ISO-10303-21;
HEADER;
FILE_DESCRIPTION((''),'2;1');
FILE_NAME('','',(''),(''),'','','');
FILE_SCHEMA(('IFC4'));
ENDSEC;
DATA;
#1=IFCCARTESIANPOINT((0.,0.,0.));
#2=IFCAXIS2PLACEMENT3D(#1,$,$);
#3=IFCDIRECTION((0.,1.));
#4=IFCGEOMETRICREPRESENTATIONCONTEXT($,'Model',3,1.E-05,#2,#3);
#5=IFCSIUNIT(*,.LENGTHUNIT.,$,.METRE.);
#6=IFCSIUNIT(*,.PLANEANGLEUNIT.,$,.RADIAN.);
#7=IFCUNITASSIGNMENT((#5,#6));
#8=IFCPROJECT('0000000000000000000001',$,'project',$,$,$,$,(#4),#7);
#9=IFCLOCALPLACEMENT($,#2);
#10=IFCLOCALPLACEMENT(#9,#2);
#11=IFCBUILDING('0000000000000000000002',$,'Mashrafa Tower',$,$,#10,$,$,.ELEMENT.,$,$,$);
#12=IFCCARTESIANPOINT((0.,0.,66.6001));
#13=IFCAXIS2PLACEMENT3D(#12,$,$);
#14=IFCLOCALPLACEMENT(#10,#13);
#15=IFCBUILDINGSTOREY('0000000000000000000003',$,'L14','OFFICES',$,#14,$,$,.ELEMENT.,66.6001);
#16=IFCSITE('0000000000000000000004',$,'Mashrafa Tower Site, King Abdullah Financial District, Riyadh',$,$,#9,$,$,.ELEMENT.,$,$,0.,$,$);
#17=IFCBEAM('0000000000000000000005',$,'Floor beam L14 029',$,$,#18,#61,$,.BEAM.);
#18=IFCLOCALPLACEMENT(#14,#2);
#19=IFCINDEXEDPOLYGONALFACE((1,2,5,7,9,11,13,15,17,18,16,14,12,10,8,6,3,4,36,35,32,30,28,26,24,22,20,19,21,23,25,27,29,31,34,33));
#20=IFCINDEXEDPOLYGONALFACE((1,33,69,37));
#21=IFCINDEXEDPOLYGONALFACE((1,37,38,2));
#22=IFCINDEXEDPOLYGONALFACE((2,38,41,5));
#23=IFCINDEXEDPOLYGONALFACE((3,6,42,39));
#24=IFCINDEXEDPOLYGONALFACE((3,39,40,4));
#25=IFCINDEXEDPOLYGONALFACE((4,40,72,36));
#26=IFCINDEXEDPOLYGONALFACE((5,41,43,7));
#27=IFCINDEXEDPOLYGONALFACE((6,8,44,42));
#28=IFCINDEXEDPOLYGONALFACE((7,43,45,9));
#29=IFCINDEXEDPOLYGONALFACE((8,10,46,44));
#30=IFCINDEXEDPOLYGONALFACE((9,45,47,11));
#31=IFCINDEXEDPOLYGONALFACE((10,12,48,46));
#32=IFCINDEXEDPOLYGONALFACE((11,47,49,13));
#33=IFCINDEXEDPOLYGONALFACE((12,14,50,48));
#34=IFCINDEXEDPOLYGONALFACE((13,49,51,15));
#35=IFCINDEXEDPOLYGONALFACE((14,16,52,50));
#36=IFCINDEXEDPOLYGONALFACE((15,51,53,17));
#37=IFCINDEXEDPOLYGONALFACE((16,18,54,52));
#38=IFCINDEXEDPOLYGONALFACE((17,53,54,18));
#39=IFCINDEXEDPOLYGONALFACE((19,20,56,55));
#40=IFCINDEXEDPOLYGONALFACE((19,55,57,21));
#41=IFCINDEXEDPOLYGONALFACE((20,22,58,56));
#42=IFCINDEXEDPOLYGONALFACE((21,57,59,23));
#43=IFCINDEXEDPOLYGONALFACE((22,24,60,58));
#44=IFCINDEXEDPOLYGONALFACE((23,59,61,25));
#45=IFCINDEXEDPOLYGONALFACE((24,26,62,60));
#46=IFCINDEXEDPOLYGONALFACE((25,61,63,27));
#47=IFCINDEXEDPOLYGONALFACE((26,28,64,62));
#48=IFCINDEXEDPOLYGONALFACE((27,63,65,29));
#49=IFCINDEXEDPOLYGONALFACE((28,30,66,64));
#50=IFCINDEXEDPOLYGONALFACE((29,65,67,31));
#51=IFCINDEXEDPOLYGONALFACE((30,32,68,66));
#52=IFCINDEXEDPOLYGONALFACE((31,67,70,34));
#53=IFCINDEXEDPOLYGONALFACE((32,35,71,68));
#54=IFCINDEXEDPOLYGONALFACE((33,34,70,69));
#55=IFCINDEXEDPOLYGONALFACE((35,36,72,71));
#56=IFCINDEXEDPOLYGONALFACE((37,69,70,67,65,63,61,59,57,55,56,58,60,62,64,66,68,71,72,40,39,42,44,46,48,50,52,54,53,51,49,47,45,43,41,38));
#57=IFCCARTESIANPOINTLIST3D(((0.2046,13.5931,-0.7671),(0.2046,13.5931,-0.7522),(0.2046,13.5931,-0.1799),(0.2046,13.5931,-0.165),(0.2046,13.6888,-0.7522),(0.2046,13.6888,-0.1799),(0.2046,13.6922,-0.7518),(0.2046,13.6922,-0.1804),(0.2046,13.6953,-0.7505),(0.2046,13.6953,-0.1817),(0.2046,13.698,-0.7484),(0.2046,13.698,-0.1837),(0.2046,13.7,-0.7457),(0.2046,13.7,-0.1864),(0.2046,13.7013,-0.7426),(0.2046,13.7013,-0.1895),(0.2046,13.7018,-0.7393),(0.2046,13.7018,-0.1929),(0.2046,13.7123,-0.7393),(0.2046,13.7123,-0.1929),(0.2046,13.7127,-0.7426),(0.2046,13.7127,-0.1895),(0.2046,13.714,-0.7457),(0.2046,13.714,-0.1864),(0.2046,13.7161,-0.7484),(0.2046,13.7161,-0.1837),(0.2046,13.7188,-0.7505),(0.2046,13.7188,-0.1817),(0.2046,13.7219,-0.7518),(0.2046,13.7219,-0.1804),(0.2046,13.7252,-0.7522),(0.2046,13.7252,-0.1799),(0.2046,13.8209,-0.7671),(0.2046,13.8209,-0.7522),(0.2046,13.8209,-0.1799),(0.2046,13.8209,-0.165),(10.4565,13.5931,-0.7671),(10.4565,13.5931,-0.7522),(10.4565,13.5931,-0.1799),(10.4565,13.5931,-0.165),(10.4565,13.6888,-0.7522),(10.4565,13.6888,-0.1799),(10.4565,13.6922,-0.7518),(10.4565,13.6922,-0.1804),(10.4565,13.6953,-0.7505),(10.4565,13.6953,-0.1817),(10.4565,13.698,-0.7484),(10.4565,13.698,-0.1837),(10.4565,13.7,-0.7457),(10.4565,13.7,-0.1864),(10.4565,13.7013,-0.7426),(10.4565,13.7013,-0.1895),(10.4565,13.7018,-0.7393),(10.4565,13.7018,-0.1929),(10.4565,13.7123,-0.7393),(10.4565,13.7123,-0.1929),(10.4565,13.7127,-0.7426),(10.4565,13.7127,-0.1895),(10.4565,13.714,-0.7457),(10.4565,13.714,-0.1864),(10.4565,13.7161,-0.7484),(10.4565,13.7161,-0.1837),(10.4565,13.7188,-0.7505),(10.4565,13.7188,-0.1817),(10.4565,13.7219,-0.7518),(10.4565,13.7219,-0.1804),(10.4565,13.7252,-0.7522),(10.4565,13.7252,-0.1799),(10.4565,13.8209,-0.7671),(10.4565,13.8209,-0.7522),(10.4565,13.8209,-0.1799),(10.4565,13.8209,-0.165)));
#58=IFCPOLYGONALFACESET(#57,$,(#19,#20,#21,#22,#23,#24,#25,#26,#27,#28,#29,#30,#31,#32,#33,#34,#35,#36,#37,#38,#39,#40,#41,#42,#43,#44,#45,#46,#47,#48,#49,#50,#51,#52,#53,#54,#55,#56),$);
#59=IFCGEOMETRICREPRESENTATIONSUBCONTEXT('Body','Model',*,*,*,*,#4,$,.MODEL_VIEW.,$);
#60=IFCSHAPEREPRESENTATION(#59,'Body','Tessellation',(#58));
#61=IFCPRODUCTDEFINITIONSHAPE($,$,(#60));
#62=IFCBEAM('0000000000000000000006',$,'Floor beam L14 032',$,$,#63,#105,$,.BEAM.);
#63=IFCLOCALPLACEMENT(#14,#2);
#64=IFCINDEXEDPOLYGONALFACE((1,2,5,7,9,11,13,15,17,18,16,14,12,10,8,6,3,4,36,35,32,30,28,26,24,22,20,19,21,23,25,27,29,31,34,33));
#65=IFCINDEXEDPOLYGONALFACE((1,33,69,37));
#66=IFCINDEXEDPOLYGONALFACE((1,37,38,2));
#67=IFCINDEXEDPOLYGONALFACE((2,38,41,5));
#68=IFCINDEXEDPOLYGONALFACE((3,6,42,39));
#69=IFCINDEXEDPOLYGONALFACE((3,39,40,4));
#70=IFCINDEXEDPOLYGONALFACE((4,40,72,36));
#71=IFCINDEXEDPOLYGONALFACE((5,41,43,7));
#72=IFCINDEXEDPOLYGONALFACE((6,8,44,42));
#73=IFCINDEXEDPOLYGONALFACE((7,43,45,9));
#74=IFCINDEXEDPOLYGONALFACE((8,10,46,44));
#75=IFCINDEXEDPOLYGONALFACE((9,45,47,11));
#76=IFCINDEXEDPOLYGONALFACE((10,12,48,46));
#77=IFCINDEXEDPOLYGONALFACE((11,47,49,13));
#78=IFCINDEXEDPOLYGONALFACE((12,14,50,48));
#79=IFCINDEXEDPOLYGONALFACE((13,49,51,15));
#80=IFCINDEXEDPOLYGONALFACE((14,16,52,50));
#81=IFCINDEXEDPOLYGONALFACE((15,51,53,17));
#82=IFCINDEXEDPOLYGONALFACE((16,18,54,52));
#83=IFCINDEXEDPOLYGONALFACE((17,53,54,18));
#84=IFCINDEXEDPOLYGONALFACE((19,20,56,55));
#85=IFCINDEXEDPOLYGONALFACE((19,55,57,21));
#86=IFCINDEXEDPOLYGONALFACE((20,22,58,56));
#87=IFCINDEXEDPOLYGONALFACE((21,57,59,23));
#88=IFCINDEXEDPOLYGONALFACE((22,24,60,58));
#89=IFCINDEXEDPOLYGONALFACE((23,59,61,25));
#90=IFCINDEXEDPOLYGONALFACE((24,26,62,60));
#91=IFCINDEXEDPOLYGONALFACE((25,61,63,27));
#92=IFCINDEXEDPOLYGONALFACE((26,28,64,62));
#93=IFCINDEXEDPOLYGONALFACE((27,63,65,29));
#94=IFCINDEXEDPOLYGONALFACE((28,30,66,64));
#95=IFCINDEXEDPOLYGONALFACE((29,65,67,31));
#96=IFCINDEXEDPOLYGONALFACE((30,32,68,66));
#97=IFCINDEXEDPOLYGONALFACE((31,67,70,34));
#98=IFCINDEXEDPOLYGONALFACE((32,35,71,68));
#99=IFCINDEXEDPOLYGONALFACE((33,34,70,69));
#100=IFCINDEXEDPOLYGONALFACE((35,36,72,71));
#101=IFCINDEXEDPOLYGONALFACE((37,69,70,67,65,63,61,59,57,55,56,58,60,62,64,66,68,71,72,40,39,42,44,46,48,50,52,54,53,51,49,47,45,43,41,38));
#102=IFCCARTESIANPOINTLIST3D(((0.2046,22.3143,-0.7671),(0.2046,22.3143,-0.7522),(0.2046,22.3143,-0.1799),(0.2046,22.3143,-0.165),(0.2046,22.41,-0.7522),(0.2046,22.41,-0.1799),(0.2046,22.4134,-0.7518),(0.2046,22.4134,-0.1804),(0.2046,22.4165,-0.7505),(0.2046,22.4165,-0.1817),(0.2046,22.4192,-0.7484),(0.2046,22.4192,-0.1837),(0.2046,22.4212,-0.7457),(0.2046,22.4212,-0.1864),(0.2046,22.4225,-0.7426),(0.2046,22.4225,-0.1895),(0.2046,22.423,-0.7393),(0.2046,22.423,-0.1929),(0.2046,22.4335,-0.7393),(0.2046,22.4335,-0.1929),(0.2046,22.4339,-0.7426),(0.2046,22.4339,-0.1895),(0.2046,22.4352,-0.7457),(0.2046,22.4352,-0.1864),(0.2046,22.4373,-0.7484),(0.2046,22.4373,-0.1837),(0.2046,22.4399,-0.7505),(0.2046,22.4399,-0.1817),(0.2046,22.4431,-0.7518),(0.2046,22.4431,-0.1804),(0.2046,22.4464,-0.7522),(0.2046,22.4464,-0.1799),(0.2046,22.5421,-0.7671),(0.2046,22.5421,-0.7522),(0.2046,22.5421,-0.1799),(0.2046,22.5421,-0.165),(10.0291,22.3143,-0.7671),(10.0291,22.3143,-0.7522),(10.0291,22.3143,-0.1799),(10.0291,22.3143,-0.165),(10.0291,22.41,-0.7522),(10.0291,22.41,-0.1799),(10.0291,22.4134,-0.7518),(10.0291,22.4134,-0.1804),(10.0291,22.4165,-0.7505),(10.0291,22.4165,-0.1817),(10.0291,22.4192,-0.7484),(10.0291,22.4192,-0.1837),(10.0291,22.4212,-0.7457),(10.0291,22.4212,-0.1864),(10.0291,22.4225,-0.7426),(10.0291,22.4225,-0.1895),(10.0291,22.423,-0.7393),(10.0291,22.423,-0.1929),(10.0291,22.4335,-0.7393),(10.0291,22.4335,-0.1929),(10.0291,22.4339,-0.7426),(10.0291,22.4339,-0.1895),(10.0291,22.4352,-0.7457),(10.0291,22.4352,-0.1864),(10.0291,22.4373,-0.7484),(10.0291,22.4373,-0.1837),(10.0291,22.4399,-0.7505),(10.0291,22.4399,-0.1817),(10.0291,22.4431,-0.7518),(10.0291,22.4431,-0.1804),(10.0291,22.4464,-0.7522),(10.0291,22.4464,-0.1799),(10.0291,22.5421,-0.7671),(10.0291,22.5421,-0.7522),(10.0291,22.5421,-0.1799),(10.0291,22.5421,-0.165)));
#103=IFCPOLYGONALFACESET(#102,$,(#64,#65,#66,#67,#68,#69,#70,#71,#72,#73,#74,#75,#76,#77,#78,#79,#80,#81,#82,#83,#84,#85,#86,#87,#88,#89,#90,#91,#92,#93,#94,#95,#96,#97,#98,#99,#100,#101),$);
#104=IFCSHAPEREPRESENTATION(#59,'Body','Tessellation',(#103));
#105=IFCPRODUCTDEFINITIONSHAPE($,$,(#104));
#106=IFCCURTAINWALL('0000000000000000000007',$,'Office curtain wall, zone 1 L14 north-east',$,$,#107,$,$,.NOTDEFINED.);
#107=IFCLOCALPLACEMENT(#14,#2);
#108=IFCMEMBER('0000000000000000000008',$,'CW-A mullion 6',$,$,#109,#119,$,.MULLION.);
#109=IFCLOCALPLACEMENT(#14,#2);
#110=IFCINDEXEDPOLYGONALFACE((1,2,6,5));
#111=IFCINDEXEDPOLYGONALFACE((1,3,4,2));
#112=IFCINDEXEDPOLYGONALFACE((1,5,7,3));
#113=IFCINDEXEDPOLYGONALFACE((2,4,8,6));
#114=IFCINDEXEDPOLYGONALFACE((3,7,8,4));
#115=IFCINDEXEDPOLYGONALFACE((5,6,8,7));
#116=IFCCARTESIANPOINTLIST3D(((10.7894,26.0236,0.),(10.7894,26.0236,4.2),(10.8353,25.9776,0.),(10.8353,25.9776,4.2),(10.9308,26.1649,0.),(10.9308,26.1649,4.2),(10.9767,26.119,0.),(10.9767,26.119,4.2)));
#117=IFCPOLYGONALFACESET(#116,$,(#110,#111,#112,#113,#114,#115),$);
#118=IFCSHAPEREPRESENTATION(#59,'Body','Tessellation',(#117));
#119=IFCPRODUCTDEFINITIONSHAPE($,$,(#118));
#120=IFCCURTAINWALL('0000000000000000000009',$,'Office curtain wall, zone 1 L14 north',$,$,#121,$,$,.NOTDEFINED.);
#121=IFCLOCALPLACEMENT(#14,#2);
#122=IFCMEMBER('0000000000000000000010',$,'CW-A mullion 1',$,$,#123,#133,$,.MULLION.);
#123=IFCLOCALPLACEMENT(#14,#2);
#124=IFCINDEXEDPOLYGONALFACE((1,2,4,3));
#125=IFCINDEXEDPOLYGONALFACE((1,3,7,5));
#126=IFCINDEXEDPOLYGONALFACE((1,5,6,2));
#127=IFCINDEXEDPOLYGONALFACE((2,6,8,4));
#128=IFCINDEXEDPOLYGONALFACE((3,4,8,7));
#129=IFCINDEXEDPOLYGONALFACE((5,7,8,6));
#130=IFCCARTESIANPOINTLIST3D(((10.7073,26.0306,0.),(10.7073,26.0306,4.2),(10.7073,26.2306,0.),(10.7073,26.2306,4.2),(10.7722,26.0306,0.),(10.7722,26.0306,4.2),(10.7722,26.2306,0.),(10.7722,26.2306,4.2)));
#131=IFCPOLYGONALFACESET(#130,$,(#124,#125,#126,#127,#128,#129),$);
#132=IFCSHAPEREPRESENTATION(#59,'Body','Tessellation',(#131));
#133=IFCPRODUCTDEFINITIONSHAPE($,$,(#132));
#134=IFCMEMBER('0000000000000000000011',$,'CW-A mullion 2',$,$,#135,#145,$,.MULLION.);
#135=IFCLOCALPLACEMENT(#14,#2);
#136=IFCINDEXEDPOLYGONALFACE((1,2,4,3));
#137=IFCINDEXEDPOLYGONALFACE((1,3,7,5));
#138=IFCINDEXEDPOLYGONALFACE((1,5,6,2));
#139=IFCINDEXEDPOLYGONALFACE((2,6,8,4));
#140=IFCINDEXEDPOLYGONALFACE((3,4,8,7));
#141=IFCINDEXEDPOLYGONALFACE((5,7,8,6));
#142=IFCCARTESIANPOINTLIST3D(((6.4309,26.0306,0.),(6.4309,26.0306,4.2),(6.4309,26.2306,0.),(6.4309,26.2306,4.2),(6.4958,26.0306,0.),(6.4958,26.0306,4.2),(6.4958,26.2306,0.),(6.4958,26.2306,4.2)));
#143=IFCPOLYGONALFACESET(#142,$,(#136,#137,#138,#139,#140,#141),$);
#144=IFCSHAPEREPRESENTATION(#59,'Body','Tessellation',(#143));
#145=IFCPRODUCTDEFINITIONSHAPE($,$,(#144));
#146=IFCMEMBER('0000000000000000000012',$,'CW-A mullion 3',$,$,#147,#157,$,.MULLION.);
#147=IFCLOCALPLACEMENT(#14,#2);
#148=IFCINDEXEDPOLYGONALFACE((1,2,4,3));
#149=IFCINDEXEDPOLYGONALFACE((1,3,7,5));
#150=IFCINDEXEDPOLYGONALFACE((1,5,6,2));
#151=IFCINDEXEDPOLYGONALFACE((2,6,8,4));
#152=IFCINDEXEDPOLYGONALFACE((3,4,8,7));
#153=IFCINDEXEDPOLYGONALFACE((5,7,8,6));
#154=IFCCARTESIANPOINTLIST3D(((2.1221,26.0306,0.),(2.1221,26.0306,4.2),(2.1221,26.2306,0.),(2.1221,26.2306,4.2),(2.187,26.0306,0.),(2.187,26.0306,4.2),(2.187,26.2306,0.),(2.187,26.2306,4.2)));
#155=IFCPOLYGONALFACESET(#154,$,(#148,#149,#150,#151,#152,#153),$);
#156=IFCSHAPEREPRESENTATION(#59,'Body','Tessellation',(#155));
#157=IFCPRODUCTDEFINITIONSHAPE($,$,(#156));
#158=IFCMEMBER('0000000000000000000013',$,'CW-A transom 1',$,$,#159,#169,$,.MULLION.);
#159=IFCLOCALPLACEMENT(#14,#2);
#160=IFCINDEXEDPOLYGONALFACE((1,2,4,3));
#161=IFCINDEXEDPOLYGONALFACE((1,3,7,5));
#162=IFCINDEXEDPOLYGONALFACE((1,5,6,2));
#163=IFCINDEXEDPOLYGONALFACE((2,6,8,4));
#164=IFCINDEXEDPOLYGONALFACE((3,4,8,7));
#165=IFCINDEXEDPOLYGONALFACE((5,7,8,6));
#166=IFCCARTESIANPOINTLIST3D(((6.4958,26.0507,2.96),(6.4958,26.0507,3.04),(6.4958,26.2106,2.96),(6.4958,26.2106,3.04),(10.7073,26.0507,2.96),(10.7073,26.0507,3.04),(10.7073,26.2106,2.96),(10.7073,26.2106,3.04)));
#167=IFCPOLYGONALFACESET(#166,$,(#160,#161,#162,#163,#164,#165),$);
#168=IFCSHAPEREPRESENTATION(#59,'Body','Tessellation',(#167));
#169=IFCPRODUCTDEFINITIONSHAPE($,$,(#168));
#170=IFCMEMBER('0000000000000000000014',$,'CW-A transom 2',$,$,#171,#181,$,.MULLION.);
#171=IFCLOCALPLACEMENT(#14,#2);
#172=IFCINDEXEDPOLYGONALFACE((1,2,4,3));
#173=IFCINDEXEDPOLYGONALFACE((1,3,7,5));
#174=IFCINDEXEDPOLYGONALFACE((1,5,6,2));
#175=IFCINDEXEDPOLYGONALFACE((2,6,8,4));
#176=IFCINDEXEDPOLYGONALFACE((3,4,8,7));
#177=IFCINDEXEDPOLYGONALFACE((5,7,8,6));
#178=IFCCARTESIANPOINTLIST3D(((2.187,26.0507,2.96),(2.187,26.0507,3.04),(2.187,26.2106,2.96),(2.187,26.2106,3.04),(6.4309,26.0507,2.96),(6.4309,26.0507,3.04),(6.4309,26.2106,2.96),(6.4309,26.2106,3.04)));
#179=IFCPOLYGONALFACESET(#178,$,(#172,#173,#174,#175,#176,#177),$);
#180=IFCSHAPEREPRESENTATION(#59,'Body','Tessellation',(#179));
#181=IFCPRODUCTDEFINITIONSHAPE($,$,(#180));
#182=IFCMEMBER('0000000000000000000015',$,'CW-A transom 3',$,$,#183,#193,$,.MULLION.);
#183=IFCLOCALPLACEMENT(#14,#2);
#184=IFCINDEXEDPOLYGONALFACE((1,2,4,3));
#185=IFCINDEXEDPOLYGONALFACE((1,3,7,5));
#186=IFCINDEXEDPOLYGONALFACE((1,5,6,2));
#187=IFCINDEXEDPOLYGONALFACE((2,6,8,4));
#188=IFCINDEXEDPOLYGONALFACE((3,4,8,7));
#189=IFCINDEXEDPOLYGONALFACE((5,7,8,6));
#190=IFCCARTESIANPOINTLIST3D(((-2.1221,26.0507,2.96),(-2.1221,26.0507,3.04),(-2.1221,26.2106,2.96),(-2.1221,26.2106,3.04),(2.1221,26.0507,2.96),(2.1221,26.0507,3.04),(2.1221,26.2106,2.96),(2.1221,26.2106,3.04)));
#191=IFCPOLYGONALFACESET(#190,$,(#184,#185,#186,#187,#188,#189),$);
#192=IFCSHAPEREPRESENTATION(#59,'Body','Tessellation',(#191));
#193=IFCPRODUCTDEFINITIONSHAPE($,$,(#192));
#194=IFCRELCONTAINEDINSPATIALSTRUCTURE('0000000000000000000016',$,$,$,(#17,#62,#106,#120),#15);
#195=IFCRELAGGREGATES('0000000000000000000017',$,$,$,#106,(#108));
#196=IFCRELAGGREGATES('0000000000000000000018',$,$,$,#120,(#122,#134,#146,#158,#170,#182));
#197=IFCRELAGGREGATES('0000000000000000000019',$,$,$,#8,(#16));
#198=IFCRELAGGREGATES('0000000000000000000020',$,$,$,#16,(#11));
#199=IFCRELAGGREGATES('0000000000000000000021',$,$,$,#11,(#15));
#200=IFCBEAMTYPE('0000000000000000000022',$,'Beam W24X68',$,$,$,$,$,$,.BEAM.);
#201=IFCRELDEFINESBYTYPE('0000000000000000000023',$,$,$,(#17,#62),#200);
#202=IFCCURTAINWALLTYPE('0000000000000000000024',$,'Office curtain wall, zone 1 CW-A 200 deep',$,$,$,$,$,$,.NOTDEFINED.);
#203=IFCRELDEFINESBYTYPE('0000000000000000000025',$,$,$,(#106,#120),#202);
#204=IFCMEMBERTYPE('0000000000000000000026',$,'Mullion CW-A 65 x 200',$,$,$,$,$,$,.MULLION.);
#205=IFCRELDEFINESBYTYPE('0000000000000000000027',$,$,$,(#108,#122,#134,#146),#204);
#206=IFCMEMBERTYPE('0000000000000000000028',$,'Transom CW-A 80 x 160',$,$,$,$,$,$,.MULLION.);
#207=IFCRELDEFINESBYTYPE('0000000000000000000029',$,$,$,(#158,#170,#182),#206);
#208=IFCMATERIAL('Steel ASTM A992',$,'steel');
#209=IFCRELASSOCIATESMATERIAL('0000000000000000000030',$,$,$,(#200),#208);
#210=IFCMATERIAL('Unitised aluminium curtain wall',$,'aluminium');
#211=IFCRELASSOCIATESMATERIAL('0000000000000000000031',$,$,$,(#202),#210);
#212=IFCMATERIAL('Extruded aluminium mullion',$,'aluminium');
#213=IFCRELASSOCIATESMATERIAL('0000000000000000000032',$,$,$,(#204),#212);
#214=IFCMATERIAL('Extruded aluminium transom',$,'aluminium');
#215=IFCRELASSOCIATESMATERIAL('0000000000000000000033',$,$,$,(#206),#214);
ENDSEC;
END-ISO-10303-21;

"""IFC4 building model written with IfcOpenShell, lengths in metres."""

from ifc_helpers import new_model, si_unit, direction, frame, origin, origin_2d, place, context, subcontext, project, spatial, rectangle, i_section, extrude, source, transform, mapped, material, material_profile, profile_set, type_object, type_shapes, element, aggregate, save


model = new_model("IFC4")

# Units and contexts
model_context = context("Model", 3, precision=1e-05, world=origin(), true_north=direction((0.0, 1.0)))
body_context = subcontext(model_context, "Body", "Model", "MODEL_VIEW")
ifc_project = project(units=[si_unit("LENGTHUNIT", "METRE"), si_unit("PLANEANGLEUNIT", "RADIAN")], contexts=[model_context])

# Site, building, storey
site_placement = place(None, origin())
site = spatial("IfcSite", under=ifc_project, at=site_placement, Name="Mashrafa Tower Site, King Abdullah Financial District, Riyadh", CompositionType="ELEMENT", RefElevation=0.0)
building_placement = place(site_placement, origin())
building = spatial("IfcBuilding", under=site, at=building_placement, Name="Mashrafa Tower", CompositionType="ELEMENT")
storey_placement = place(building_placement, frame((0.0, 0.0, 66.6001)))
storey = spatial("IfcBuildingStorey", under=building, at=storey_placement, Name="L14", Description="OFFICES", CompositionType="ELEMENT", Elevation=66.6001)

# Beams
ifc_material_1 = material(Name="Steel ASTM A992", Category="steel")
ifc_material_profile_1 = material_profile(ifc_material_1, i_section(OverallWidth=0.2278, OverallDepth=0.6021, WebThickness=0.0105, FlangeThickness=0.0149, FilletRadius=0.0129, at=origin_2d()), Name="W24X68")
ifc_profile_set_1 = profile_set([ifc_material_profile_1], Name="Steel ASTM A992")
beam_type_1 = type_object("IfcBeamType", Name="Beam W24X68", PredefinedType="BEAM", material=ifc_profile_set_1)
beam_1_placement = place(storey_placement, frame((0.2046, 13.707, -0.4661), z_axis=(1.0, 0.0, 0.0), x_axis=(0.0, 1.0, 0.0)))
element("IfcBeam", 1, at=beam_1_placement, inside=storey, type_object=beam_type_1, Name="Floor beam L14 029", PredefinedType="BEAM", context=body_context, shape_type="SweptSolid", body=[
    extrude(i_section(OverallWidth=0.2278, OverallDepth=0.6021, WebThickness=0.0105, FlangeThickness=0.0149, FilletRadius=0.0129, at=origin_2d()), origin(), (0.0, 0.0, 1.0), 10.252),
])
beam_2_placement = place(storey_placement, frame((0.2046, 22.4282, -0.4661), z_axis=(1.0, 0.0, 0.0), x_axis=(0.0, 1.0, 0.0)))
element("IfcBeam", 2, at=beam_2_placement, inside=storey, type_object=beam_type_1, Name="Floor beam L14 032", PredefinedType="BEAM", context=body_context, shape_type="SweptSolid", body=[
    extrude(i_section(OverallWidth=0.2278, OverallDepth=0.6021, WebThickness=0.0105, FlangeThickness=0.0149, FilletRadius=0.0129, at=origin_2d()), origin(), (0.0, 0.0, 1.0), 9.8245),
])

# Curtain wall, member
ifc_material_2 = material(Name="Unitised aluminium curtain wall", Category="aluminium")
curtain_wall_type = type_object("IfcCurtainWallType", Name="Office curtain wall, zone 1 CW-A 200 deep", PredefinedType="NOTDEFINED", material=ifc_material_2)
curtain_wall_1_placement = place(storey_placement, origin())
curtain_wall_1 = element("IfcCurtainWall", 3, at=curtain_wall_1_placement, inside=storey, type_object=curtain_wall_type, Name="Office curtain wall, zone 1 L14 north-east", PredefinedType="NOTDEFINED")
ifc_material_3 = material(Name="Extruded aluminium mullion", Category="aluminium")
ifc_material_profile_2 = material_profile(ifc_material_3, rectangle(XDim=0.2, YDim=0.0649, at=origin_2d()), Name="Mullion 65x200")
ifc_profile_set_2 = profile_set([ifc_material_profile_2], Name="Extruded aluminium mullion")
member_type_1 = type_object("IfcMemberType", Name="Mullion CW-A 65 x 200", PredefinedType="MULLION", material=ifc_profile_set_2)
shared_shape_1 = source(origin(), body_context, "Body", "SweptSolid", [
    extrude(rectangle(XDim=0.2, YDim=0.0649, at=origin_2d()), origin(), (0.0, 0.0, 1.0), 4.2),
])
type_shapes(member_type_1, [shared_shape_1])
member_1_placement = place(storey_placement, frame((10.8831, 26.0713, 0.0), z_axis=(0.0, 0.0, 1.0), x_axis=(-0.707107, -0.707107, 0.0)))
member_1 = element("IfcMember", 4, at=member_1_placement, type_object=member_type_1, Name="CW-A mullion 6", PredefinedType="MULLION", context=body_context, shape_type="MappedRepresentation", body=[
    mapped(shared_shape_1, transform((0.0, 0.0, 0.0))),
])
aggregate(curtain_wall_1, [member_1])

# Curtain wall, members
curtain_wall_2_placement = place(storey_placement, origin())
curtain_wall_2 = element("IfcCurtainWall", 5, at=curtain_wall_2_placement, inside=storey, type_object=curtain_wall_type, Name="Office curtain wall, zone 1 L14 north", PredefinedType="NOTDEFINED")
member_2_placement = place(storey_placement, frame((10.7397, 26.1306, 0.0), z_axis=(0.0, 0.0, 1.0), x_axis=(0.0, -1.0, 0.0)))
member_2 = element("IfcMember", 6, at=member_2_placement, type_object=member_type_1, Name="CW-A mullion 1", PredefinedType="MULLION", context=body_context, shape_type="MappedRepresentation", body=[
    mapped(shared_shape_1, transform((0.0, 0.0, 0.0))),
])
member_3_placement = place(storey_placement, frame((6.4634, 26.1306, 0.0), z_axis=(0.0, 0.0, 1.0), x_axis=(0.0, -1.0, 0.0)))
member_3 = element("IfcMember", 7, at=member_3_placement, type_object=member_type_1, Name="CW-A mullion 2", PredefinedType="MULLION", context=body_context, shape_type="MappedRepresentation", body=[
    mapped(shared_shape_1, transform((0.0, 0.0, 0.0))),
])
member_4_placement = place(storey_placement, frame((2.1545, 26.1306, 0.0), z_axis=(0.0, 0.0, 1.0), x_axis=(0.0, -1.0, 0.0)))
member_4 = element("IfcMember", 8, at=member_4_placement, type_object=member_type_1, Name="CW-A mullion 3", PredefinedType="MULLION", context=body_context, shape_type="MappedRepresentation", body=[
    mapped(shared_shape_1, transform((0.0, 0.0, 0.0))),
])
ifc_material_4 = material(Name="Extruded aluminium transom", Category="aluminium")
ifc_material_profile_3 = material_profile(ifc_material_4, rectangle(XDim=0.1599, YDim=0.0801, at=origin_2d()), Name="Transom 80x160")
ifc_profile_set_3 = profile_set([ifc_material_profile_3], Name="Extruded aluminium transom")
member_type_2 = type_object("IfcMemberType", Name="Transom CW-A 80 x 160", PredefinedType="MULLION", material=ifc_profile_set_3)
shared_shape_2 = source(origin(), body_context, "Body", "SweptSolid", [
    extrude(rectangle(XDim=0.1599, YDim=0.0801, at=origin_2d()), origin(), (0.0, 0.0, 1.0), 4.2114),
])
member_5_placement = place(storey_placement, frame((10.7073, 26.1306, 3.0), z_axis=(-1.0, 0.0, 0.0), x_axis=(0.0, -1.0, 0.0)))
member_5 = element("IfcMember", 9, at=member_5_placement, type_object=member_type_2, Name="CW-A transom 1", PredefinedType="MULLION", context=body_context, shape_type="MappedRepresentation", body=[
    mapped(shared_shape_2, transform((0.0, 0.0, 0.0))),
])
shared_shape_3 = source(origin(), body_context, "Body", "SweptSolid", [
    extrude(rectangle(XDim=0.1599, YDim=0.0801, at=origin_2d()), origin(), (0.0, 0.0, 1.0), 4.2439),
])
member_6_placement = place(storey_placement, frame((6.4309, 26.1306, 3.0), z_axis=(-1.0, 0.0, 0.0), x_axis=(0.0, -1.0, 0.0)))
member_6 = element("IfcMember", 10, at=member_6_placement, type_object=member_type_2, Name="CW-A transom 2", PredefinedType="MULLION", context=body_context, shape_type="MappedRepresentation", body=[
    mapped(shared_shape_3, transform((0.0, 0.0, 0.0))),
])
shared_shape_4 = source(origin(), body_context, "Body", "SweptSolid", [
    extrude(rectangle(XDim=0.1599, YDim=0.0801, at=origin_2d()), origin(), (0.0, 0.0, 1.0), 4.2441),
])
type_shapes(member_type_2, [shared_shape_2, shared_shape_3, shared_shape_4])
member_7_placement = place(storey_placement, frame((2.1221, 26.1306, 3.0), z_axis=(-1.0, 0.0, 0.0), x_axis=(0.0, -1.0, 0.0)))
member_7 = element("IfcMember", 11, at=member_7_placement, type_object=member_type_2, Name="CW-A transom 3", PredefinedType="MULLION", context=body_context, shape_type="MappedRepresentation", body=[
    mapped(shared_shape_4, transform((0.0, 0.0, 0.0))),
])
aggregate(curtain_wall_2, [member_2, member_3, member_4, member_5, member_6, member_7])

save(model, "model.ifc")
